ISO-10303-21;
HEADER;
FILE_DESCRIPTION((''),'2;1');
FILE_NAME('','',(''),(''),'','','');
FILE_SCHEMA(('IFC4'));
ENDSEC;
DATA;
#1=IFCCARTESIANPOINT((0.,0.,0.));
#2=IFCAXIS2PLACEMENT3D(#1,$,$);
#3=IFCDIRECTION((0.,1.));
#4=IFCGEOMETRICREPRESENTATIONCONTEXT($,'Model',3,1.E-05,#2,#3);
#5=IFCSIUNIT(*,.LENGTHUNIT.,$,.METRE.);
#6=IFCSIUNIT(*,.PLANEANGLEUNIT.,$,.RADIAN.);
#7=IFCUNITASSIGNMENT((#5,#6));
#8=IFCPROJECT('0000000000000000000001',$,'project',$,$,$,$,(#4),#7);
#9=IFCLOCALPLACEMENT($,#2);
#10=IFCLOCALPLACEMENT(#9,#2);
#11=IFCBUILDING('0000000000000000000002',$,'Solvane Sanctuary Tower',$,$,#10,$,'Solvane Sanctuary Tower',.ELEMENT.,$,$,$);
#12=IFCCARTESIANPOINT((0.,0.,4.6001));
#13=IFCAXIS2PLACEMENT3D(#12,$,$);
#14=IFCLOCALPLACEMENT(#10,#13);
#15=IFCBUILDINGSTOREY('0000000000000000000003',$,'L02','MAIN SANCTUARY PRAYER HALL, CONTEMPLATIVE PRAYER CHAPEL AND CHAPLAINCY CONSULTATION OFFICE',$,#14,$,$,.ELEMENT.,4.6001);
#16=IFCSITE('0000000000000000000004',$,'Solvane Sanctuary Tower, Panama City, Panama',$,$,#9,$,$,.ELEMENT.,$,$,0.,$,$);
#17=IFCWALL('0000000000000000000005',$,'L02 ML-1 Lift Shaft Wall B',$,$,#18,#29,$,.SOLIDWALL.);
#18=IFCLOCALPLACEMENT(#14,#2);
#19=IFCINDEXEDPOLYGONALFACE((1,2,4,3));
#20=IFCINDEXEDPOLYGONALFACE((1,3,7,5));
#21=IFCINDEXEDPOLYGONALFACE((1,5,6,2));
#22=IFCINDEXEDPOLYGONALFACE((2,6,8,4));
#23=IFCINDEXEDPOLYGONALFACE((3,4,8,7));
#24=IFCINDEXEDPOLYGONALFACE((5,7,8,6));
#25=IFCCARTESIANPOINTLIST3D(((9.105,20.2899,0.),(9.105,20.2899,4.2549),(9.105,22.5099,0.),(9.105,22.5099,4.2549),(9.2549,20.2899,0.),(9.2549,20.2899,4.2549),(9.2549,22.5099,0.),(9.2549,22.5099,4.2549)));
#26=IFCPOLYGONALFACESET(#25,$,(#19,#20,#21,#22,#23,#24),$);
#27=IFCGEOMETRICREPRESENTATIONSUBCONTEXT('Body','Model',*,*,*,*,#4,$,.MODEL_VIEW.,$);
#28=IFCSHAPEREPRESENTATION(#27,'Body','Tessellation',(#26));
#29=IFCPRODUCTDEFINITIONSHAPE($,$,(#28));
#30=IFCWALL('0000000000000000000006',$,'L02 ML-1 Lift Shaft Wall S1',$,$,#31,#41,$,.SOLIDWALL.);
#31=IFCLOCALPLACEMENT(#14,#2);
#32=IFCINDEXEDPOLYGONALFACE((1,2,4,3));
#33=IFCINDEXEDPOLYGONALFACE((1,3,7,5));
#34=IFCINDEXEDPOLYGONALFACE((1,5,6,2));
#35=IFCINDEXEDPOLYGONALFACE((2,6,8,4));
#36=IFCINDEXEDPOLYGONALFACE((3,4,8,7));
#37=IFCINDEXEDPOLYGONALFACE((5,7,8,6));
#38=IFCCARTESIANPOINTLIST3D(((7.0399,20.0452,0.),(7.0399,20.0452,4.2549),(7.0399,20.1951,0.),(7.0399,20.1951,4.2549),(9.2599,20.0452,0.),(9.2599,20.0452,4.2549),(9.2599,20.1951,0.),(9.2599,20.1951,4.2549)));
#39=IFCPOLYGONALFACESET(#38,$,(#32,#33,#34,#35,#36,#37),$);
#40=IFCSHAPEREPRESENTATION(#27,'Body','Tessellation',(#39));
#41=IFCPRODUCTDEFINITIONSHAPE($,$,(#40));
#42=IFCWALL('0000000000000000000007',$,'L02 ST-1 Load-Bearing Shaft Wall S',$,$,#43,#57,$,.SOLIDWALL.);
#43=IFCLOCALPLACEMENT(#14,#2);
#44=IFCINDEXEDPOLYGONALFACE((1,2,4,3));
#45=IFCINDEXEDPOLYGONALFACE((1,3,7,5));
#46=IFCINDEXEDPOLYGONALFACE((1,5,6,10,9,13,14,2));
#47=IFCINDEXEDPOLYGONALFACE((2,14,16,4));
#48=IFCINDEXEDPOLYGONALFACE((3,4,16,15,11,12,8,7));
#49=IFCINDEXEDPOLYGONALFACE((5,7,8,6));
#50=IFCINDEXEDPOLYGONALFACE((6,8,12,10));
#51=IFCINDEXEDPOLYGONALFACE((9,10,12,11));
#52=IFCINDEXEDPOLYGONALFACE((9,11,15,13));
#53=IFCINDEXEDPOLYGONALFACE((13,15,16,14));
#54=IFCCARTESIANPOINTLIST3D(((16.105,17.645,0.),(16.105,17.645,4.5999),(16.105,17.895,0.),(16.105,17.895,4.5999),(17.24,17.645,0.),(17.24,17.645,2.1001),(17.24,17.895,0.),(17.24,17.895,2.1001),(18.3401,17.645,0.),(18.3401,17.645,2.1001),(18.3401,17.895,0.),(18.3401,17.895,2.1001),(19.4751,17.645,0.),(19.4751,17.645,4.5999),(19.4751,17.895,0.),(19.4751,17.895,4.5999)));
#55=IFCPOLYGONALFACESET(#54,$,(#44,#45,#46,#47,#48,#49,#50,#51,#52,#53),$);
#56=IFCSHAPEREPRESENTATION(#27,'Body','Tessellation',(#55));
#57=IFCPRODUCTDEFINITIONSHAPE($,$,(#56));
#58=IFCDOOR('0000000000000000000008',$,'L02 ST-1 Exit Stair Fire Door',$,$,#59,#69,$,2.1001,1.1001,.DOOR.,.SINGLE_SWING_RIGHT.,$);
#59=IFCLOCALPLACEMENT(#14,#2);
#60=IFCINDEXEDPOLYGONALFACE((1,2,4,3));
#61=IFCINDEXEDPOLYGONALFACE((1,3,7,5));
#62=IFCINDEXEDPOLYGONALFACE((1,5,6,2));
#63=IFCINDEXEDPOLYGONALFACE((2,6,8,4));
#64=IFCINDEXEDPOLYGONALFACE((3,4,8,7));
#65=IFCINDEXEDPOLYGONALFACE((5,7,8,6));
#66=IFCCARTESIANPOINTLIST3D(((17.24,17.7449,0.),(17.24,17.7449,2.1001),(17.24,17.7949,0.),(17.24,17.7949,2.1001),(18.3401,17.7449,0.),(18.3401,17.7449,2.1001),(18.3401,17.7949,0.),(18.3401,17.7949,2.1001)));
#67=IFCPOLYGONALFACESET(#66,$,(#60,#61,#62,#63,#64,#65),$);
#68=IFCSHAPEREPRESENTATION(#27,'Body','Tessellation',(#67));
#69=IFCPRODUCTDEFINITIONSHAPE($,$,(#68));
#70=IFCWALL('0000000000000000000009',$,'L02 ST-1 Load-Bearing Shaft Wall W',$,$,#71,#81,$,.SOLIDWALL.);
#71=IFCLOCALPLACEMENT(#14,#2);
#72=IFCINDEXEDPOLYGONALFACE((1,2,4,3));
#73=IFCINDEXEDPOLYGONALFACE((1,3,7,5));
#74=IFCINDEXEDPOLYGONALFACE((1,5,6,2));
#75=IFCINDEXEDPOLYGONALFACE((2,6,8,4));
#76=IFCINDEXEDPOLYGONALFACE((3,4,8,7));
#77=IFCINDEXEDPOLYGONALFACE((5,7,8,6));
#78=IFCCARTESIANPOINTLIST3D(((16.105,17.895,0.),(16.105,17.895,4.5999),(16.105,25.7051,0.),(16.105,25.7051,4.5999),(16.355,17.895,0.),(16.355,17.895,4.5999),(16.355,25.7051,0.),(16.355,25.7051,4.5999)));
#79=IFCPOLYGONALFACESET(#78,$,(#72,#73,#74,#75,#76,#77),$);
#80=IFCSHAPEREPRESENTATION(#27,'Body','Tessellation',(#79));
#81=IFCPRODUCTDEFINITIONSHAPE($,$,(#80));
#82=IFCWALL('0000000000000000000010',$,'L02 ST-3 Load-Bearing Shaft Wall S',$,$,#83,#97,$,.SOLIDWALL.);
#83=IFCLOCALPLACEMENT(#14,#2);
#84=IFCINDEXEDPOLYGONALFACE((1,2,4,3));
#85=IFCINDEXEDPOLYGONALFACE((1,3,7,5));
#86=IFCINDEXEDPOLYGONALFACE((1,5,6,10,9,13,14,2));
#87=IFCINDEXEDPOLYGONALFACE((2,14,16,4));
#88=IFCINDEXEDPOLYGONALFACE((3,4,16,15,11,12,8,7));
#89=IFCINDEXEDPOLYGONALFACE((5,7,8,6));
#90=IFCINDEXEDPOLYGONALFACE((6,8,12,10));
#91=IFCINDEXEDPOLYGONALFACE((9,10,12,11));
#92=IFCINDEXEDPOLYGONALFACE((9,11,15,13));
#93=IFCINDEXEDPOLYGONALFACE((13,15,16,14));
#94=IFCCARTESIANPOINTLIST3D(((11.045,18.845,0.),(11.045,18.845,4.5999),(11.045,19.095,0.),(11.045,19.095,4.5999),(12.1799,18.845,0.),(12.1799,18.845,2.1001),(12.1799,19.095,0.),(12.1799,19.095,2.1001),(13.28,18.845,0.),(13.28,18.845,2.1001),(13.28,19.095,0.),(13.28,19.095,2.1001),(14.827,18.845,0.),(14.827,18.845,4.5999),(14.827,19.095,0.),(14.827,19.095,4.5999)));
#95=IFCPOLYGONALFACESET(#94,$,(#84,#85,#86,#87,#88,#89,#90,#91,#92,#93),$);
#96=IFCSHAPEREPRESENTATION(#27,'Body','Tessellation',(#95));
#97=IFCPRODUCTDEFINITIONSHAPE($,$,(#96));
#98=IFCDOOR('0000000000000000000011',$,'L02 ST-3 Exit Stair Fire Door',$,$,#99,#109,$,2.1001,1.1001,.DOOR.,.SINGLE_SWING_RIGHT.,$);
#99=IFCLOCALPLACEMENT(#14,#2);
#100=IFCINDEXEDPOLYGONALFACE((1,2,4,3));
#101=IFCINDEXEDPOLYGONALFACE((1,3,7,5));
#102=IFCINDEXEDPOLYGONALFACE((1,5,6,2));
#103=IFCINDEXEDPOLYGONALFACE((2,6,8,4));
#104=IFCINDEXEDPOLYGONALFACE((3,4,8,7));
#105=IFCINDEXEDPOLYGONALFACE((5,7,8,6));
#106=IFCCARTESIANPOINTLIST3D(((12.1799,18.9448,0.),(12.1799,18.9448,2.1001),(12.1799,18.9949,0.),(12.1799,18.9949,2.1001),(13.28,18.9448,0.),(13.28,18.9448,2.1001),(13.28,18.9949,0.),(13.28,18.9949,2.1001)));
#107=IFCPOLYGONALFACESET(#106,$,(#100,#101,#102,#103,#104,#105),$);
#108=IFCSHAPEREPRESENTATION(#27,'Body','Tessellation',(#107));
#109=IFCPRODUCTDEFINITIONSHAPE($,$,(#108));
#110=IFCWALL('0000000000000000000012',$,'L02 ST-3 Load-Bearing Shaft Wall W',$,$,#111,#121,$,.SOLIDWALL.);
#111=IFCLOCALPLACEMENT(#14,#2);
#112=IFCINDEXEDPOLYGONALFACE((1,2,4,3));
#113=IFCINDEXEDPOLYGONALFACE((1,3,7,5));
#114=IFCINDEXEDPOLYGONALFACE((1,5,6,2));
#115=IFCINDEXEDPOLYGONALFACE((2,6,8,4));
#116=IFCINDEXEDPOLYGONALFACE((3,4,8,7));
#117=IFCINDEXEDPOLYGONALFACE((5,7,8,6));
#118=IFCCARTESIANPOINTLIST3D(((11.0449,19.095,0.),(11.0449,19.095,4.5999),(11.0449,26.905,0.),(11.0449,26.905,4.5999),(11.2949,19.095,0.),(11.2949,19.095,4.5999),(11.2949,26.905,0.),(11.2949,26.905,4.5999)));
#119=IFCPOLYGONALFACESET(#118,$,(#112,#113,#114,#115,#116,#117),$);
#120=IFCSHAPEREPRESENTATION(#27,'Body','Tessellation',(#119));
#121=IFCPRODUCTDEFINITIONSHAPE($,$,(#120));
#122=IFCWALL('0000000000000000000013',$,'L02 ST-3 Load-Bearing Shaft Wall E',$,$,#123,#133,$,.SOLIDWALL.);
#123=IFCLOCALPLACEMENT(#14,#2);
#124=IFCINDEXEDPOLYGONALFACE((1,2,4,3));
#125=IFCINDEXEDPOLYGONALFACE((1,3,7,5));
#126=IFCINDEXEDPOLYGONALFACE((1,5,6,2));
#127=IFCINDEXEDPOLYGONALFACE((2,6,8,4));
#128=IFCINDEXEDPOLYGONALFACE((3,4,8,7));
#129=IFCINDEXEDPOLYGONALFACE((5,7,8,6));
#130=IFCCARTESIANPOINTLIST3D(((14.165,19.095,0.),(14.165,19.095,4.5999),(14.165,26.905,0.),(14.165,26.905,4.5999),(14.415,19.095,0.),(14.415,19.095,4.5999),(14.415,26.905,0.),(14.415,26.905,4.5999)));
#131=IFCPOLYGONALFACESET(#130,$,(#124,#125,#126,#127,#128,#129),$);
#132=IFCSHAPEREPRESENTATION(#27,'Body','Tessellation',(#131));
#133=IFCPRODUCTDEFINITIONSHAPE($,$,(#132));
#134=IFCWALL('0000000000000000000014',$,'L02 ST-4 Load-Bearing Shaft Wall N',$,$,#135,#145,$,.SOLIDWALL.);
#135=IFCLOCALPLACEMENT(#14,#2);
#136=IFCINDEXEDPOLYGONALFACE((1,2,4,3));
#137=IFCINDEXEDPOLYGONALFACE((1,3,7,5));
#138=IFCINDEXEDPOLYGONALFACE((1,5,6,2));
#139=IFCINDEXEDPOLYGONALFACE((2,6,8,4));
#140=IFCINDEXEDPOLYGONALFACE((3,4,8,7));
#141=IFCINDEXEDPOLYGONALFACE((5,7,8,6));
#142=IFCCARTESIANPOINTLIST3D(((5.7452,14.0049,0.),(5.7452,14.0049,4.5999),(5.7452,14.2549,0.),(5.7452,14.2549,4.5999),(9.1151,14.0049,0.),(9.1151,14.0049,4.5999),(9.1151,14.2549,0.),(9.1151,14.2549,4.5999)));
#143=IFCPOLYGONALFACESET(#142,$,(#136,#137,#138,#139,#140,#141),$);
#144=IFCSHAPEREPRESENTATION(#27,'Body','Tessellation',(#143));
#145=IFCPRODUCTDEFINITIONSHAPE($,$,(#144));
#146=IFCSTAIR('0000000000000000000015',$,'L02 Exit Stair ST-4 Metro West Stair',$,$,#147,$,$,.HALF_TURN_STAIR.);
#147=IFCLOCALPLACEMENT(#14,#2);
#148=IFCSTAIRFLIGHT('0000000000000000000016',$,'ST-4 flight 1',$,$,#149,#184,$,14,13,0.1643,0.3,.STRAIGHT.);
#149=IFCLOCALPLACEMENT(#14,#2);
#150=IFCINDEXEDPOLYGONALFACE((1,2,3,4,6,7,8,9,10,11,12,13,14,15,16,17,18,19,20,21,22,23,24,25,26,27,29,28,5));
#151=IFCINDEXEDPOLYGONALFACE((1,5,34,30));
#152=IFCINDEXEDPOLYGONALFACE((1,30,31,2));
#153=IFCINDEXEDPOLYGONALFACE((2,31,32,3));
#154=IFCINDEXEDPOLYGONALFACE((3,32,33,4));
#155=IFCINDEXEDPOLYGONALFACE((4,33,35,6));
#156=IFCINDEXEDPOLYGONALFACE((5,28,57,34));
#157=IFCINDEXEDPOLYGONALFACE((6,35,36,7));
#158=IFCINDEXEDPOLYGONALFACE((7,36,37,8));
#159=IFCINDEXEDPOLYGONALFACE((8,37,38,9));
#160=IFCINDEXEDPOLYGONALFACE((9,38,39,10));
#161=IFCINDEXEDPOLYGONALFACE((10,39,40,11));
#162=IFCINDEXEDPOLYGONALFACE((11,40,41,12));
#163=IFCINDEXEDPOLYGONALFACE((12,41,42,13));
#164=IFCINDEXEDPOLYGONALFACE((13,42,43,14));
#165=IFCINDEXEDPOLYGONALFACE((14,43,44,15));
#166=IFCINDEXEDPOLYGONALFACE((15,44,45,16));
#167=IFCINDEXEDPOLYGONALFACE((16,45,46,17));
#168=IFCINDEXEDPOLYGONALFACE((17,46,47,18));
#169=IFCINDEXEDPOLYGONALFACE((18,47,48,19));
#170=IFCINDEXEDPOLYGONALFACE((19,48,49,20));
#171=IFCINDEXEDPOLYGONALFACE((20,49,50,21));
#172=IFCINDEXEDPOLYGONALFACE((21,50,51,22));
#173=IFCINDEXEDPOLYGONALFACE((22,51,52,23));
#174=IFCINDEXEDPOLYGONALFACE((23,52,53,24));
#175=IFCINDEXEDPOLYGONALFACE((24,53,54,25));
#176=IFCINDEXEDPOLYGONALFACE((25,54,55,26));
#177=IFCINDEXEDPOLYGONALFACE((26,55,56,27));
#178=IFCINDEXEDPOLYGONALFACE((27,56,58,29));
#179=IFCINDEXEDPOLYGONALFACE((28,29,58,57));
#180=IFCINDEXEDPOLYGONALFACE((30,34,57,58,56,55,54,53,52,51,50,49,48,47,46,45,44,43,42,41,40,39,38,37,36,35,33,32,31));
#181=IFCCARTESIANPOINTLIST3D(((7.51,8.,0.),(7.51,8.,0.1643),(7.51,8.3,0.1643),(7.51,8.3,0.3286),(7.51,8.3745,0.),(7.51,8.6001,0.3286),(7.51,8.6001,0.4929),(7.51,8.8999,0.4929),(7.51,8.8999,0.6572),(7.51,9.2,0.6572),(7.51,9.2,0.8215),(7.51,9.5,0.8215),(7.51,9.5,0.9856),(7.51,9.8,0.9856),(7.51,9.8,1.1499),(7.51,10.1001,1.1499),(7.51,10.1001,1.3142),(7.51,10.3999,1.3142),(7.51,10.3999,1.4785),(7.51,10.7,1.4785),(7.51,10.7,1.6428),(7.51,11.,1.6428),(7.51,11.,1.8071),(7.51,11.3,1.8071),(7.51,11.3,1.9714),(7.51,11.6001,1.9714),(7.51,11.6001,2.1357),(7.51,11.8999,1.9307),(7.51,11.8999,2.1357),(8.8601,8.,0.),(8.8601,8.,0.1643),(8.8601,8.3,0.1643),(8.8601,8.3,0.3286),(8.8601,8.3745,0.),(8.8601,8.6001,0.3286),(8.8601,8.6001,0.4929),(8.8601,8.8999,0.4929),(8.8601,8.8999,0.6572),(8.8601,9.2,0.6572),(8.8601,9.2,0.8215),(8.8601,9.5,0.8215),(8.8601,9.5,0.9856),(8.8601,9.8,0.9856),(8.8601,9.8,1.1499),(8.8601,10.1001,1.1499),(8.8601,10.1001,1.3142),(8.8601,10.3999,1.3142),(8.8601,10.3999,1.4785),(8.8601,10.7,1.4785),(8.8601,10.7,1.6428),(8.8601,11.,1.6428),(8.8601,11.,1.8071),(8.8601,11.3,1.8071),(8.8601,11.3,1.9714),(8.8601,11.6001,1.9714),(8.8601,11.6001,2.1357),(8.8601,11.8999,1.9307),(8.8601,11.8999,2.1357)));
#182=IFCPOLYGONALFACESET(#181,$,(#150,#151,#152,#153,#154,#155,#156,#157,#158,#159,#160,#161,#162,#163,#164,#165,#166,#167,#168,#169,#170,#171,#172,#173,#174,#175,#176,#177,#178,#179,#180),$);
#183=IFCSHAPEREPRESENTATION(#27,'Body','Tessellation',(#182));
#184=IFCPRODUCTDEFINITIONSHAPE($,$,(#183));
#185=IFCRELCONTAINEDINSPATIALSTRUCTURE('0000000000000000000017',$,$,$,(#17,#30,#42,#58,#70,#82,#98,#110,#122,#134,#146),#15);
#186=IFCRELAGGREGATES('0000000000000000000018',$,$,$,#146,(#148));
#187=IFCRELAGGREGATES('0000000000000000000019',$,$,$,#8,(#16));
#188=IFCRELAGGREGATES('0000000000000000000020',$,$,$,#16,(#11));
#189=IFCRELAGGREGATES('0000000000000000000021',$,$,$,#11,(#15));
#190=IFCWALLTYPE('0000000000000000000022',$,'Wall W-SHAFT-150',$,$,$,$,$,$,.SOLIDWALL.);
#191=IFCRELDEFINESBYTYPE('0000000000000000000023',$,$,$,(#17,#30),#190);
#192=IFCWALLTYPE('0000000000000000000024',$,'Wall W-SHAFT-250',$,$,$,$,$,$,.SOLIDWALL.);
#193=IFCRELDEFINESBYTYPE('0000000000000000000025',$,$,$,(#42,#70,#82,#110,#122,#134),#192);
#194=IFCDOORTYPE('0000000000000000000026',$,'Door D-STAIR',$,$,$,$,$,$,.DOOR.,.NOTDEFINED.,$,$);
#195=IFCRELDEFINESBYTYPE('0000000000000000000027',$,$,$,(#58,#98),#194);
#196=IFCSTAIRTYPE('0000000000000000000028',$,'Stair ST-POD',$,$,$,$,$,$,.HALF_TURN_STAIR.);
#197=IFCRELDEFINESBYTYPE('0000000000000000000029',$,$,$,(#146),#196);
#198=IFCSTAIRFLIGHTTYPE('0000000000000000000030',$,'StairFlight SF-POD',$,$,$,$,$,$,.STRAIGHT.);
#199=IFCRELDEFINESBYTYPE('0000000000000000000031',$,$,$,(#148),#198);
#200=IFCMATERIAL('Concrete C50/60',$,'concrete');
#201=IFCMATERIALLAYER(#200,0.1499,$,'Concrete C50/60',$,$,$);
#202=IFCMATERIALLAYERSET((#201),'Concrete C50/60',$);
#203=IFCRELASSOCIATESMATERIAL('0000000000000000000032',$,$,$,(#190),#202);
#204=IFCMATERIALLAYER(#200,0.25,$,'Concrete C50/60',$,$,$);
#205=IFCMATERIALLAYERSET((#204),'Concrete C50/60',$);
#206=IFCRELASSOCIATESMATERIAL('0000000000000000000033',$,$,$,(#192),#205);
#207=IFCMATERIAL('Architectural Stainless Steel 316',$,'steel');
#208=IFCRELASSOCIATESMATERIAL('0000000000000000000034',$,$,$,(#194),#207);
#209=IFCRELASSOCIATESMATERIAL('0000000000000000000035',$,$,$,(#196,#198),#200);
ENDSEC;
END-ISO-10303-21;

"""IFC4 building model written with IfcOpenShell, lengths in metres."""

from ifc_helpers import new_model, si_unit, direction, frame, frame_2d, origin, place, context, subcontext, project, spatial, polyline, rectangle, outline, extrude, material, layer, layer_set, type_object, element, fill, aggregate, save


model = new_model("IFC4")

# Units and contexts
model_context = context("Model", 3, precision=1e-05, world=origin(), true_north=direction((0.0, 1.0)))
body_context = subcontext(model_context, "Body", "Model", "MODEL_VIEW")
ifc_project = project(units=[si_unit("LENGTHUNIT", "METRE"), si_unit("PLANEANGLEUNIT", "RADIAN")], contexts=[model_context])

# Site, building, storey
site_placement = place(None, origin())
site = spatial("IfcSite", under=ifc_project, at=site_placement, Name="Solvane Sanctuary Tower, Panama City, Panama", CompositionType="ELEMENT", RefElevation=0.0)
building_placement = place(site_placement, origin())
building = spatial("IfcBuilding", under=site, at=building_placement, Name="Solvane Sanctuary Tower", LongName="Solvane Sanctuary Tower", CompositionType="ELEMENT")
storey_placement = place(building_placement, frame((0.0, 0.0, 4.6001)))
storey = spatial("IfcBuildingStorey", under=building, at=storey_placement, Name="L02", Description="MAIN SANCTUARY PRAYER HALL, CONTEMPLATIVE PRAYER CHAPEL AND CHAPLAINCY CONSULTATION OFFICE", CompositionType="ELEMENT", Elevation=4.6001)

# Shared definitions
ifc_material_1 = material(Name="Architectural Stainless Steel 316", Category="steel")

# Shared definitions
ifc_material_2 = material(Name="Concrete C50/60", Category="concrete")
ifc_layer_1 = layer(ifc_material_2, 0.1499, Name="Concrete C50/60")
ifc_layer_set_1 = layer_set([ifc_layer_1], Name="Concrete C50/60")
wall_type_1 = type_object("IfcWallType", Name="Wall W-SHAFT-150", PredefinedType="SOLIDWALL", material=ifc_layer_set_1)

# Walls
for number, where, z_axis, x_axis, name in (
    (1, (9.1799, 20.29, 0.0), (0.0, 0.0, 1.0), (0.0, 1.0, 0.0), "L02 ML-1 Lift Shaft Wall B"),
    (2, (7.04, 20.1201, 0.0), (0.0, 0.0, 1.0), (1.0, 0.0, 0.0), "L02 ML-1 Lift Shaft Wall S1"),
):
    element("IfcWall", number, at=place(storey_placement, frame(where, z_axis=z_axis, x_axis=x_axis)), inside=storey, type_object=wall_type_1, Name=name, PredefinedType="SOLIDWALL", context=body_context, shape_type="SweptSolid", body=[
        extrude(rectangle(XDim=2.22, YDim=0.1499, at=frame_2d((1.1099, 0.0))), origin(), (0.0, 0.0, 1.0), 4.2549),
    ])

# Wall, opening, door
ifc_layer_2 = layer(ifc_material_2, 0.25, Name="Concrete C50/60")
ifc_layer_set_2 = layer_set([ifc_layer_2], Name="Concrete C50/60")
wall_type_2 = type_object("IfcWallType", Name="Wall W-SHAFT-250", PredefinedType="SOLIDWALL", material=ifc_layer_set_2)
wall_1_placement = place(storey_placement, frame((16.105, 17.77, 0.0), z_axis=(0.0, 0.0, 1.0), x_axis=(1.0, 0.0, 0.0)))
wall_1 = element("IfcWall", 3, at=wall_1_placement, inside=storey, type_object=wall_type_2, Name="L02 ST-1 Load-Bearing Shaft Wall S", PredefinedType="SOLIDWALL", context=body_context, shape_type="SweptSolid", body=[
    extrude(rectangle(XDim=3.3701, YDim=0.25, at=frame_2d((1.6851, 0.0))), origin(), (0.0, 0.0, 1.0), 4.5999),
])
opening_1_placement = place(wall_1_placement, frame((1.135, 0.0, 0.0)))
opening_1 = element("IfcOpeningElement", 4, at=opening_1_placement, cuts=wall_1, PredefinedType="OPENING", context=body_context, shape_type="SweptSolid", body=[
    extrude(rectangle(XDim=1.1001, YDim=2.1001, at=frame_2d((0.55, 1.05))), frame((0.0, 0.135, 0.0), z_axis=(0.0, -1.0, 0.0), x_axis=(1.0, 0.0, 0.0)), (0.0, 0.0, 1.0), 0.27),
])
door_type_1 = type_object("IfcDoorType", Name="Door D-STAIR", OperationType="NOTDEFINED", PredefinedType="DOOR", material=ifc_material_1)
door_1_placement = place(opening_1_placement, origin())
door_1 = element("IfcDoor", 5, at=door_1_placement, inside=storey, type_object=door_type_1, Name="L02 ST-1 Exit Stair Fire Door", OperationType="SINGLE_SWING_RIGHT", OverallHeight=2.1001, OverallWidth=1.1001, PredefinedType="DOOR", context=body_context, shape_type="SweptSolid", body=[
    extrude(rectangle(XDim=1.1001, YDim=2.1001, at=frame_2d((0.55, 1.05))), frame((0.0, 0.0249, 0.0), z_axis=(0.0, -1.0, 0.0), x_axis=(1.0, 0.0, 0.0)), (0.0, 0.0, 1.0), 0.05),
])
fill(opening_1, door_1)

# Wall
wall_2_placement = place(storey_placement, frame((16.23, 17.895, 0.0), z_axis=(0.0, 0.0, 1.0), x_axis=(0.0, 1.0, 0.0)))
element("IfcWall", 6, at=wall_2_placement, inside=storey, type_object=wall_type_2, Name="L02 ST-1 Load-Bearing Shaft Wall W", PredefinedType="SOLIDWALL", context=body_context, shape_type="SweptSolid", body=[
    extrude(rectangle(XDim=7.8101, YDim=0.25, at=frame_2d((3.905, 0.0))), origin(), (0.0, 0.0, 1.0), 4.5999),
])

# Wall, opening, door
wall_3_placement = place(storey_placement, frame((11.0449, 18.97, 0.0), z_axis=(0.0, 0.0, 1.0), x_axis=(1.0, 0.0, 0.0)))
wall_3 = element("IfcWall", 7, at=wall_3_placement, inside=storey, type_object=wall_type_2, Name="L02 ST-3 Load-Bearing Shaft Wall S", PredefinedType="SOLIDWALL", context=body_context, shape_type="SweptSolid", body=[
    extrude(rectangle(XDim=3.782, YDim=0.25, at=frame_2d((1.8911, 0.0))), origin(), (0.0, 0.0, 1.0), 4.5999),
])
opening_2_placement = place(wall_3_placement, frame((1.135, 0.0, 0.0)))
opening_2 = element("IfcOpeningElement", 8, at=opening_2_placement, cuts=wall_3, PredefinedType="OPENING", context=body_context, shape_type="SweptSolid", body=[
    extrude(rectangle(XDim=1.1001, YDim=2.1001, at=frame_2d((0.55, 1.05))), frame((0.0, 0.135, 0.0), z_axis=(0.0, -1.0, 0.0), x_axis=(1.0, 0.0, 0.0)), (0.0, 0.0, 1.0), 0.27),
])
door_2_placement = place(opening_2_placement, origin())
door_2 = element("IfcDoor", 9, at=door_2_placement, inside=storey, type_object=door_type_1, Name="L02 ST-3 Exit Stair Fire Door", OperationType="SINGLE_SWING_RIGHT", OverallHeight=2.1001, OverallWidth=1.1001, PredefinedType="DOOR", context=body_context, shape_type="SweptSolid", body=[
    extrude(rectangle(XDim=1.1001, YDim=2.1001, at=frame_2d((0.55, 1.05))), frame((0.0, 0.0249, 0.0), z_axis=(0.0, -1.0, 0.0), x_axis=(1.0, 0.0, 0.0)), (0.0, 0.0, 1.0), 0.05),
])
fill(opening_2, door_2)

# Walls
for number, where, z_axis, x_axis, name in (
    (10, (11.1699, 19.095, 0.0), (0.0, 0.0, 1.0), (0.0, 1.0, 0.0), "L02 ST-3 Load-Bearing Shaft Wall W"),
    (11, (14.29, 19.095, 0.0), (0.0, 0.0, 1.0), (0.0, 1.0, 0.0), "L02 ST-3 Load-Bearing Shaft Wall E"),
):
    element("IfcWall", number, at=place(storey_placement, frame(where, z_axis=z_axis, x_axis=x_axis)), inside=storey, type_object=wall_type_2, Name=name, PredefinedType="SOLIDWALL", context=body_context, shape_type="SweptSolid", body=[
        extrude(rectangle(XDim=7.8101, YDim=0.25, at=frame_2d((3.905, 0.0))), origin(), (0.0, 0.0, 1.0), 4.5999),
    ])
wall_4_placement = place(storey_placement, frame((5.7451, 14.1299, 0.0), z_axis=(0.0, 0.0, 1.0), x_axis=(1.0, 0.0, 0.0)))
element("IfcWall", 12, at=wall_4_placement, inside=storey, type_object=wall_type_2, Name="L02 ST-4 Load-Bearing Shaft Wall N", PredefinedType="SOLIDWALL", context=body_context, shape_type="SweptSolid", body=[
    extrude(rectangle(XDim=3.3699, YDim=0.25, at=frame_2d((1.6851, 0.0))), origin(), (0.0, 0.0, 1.0), 4.5999),
])

# Stair, stair flight
stair_type = type_object("IfcStairType", Name="Stair ST-POD", PredefinedType="HALF_TURN_STAIR", material=ifc_material_2)
stair_placement = place(storey_placement, origin())
stair = element("IfcStair", 13, at=stair_placement, inside=storey, type_object=stair_type, Name="L02 Exit Stair ST-4 Metro West Stair", PredefinedType="HALF_TURN_STAIR")
stair_flight_type = type_object("IfcStairFlightType", Name="StairFlight SF-POD", PredefinedType="STRAIGHT", material=ifc_material_2)
stair_flight_1_placement = place(storey_placement, frame((8.1851, 8.0, 0.0), z_axis=(0.0, 0.0, 1.0), x_axis=(0.0, 1.0, 0.0)))
stair_flight_1 = element("IfcStairFlight", 14, at=stair_flight_1_placement, type_object=stair_flight_type, Name="ST-4 flight 1", NumberOfRisers=14, NumberOfTreads=13, PredefinedType="STRAIGHT", RiserHeight=0.1643, TreadLength=0.3, context=body_context, shape_type="SweptSolid", body=[
    extrude(outline(polyline([(0.0, 0.0), (0.0, 0.1643), (0.3, 0.1643), (0.3, 0.3286), (0.6001, 0.3286), (0.6001, 0.4929), (0.8999, 0.4929), (0.8999, 0.6572), (1.2, 0.6572), (1.2, 0.8215), (1.5, 0.8215), (1.5, 0.9856), (1.8, 0.9856), (1.8, 1.1499), (2.1001, 1.1499), (2.1001, 1.3142), (2.3999, 1.3142), (2.3999, 1.4785), (2.7, 1.4785), (2.7, 1.6428), (3.0, 1.6428), (3.0, 1.8071), (3.3, 1.8071), (3.3, 1.9714), (3.6001, 1.9714), (3.6001, 2.1357), (3.8999, 2.1357), (3.8999, 2.3), (3.8999, 1.9307), (0.3745, 0.0), (0.0, 0.0)])), frame((0.0, 0.675, 0.0), z_axis=(0.0, -1.0, 0.0), x_axis=(1.0, 0.0, 0.0)), (0.0, 0.0, 1.0), 1.3501),
])
aggregate(stair, [stair_flight_1])

save(model, "model.ifc")
